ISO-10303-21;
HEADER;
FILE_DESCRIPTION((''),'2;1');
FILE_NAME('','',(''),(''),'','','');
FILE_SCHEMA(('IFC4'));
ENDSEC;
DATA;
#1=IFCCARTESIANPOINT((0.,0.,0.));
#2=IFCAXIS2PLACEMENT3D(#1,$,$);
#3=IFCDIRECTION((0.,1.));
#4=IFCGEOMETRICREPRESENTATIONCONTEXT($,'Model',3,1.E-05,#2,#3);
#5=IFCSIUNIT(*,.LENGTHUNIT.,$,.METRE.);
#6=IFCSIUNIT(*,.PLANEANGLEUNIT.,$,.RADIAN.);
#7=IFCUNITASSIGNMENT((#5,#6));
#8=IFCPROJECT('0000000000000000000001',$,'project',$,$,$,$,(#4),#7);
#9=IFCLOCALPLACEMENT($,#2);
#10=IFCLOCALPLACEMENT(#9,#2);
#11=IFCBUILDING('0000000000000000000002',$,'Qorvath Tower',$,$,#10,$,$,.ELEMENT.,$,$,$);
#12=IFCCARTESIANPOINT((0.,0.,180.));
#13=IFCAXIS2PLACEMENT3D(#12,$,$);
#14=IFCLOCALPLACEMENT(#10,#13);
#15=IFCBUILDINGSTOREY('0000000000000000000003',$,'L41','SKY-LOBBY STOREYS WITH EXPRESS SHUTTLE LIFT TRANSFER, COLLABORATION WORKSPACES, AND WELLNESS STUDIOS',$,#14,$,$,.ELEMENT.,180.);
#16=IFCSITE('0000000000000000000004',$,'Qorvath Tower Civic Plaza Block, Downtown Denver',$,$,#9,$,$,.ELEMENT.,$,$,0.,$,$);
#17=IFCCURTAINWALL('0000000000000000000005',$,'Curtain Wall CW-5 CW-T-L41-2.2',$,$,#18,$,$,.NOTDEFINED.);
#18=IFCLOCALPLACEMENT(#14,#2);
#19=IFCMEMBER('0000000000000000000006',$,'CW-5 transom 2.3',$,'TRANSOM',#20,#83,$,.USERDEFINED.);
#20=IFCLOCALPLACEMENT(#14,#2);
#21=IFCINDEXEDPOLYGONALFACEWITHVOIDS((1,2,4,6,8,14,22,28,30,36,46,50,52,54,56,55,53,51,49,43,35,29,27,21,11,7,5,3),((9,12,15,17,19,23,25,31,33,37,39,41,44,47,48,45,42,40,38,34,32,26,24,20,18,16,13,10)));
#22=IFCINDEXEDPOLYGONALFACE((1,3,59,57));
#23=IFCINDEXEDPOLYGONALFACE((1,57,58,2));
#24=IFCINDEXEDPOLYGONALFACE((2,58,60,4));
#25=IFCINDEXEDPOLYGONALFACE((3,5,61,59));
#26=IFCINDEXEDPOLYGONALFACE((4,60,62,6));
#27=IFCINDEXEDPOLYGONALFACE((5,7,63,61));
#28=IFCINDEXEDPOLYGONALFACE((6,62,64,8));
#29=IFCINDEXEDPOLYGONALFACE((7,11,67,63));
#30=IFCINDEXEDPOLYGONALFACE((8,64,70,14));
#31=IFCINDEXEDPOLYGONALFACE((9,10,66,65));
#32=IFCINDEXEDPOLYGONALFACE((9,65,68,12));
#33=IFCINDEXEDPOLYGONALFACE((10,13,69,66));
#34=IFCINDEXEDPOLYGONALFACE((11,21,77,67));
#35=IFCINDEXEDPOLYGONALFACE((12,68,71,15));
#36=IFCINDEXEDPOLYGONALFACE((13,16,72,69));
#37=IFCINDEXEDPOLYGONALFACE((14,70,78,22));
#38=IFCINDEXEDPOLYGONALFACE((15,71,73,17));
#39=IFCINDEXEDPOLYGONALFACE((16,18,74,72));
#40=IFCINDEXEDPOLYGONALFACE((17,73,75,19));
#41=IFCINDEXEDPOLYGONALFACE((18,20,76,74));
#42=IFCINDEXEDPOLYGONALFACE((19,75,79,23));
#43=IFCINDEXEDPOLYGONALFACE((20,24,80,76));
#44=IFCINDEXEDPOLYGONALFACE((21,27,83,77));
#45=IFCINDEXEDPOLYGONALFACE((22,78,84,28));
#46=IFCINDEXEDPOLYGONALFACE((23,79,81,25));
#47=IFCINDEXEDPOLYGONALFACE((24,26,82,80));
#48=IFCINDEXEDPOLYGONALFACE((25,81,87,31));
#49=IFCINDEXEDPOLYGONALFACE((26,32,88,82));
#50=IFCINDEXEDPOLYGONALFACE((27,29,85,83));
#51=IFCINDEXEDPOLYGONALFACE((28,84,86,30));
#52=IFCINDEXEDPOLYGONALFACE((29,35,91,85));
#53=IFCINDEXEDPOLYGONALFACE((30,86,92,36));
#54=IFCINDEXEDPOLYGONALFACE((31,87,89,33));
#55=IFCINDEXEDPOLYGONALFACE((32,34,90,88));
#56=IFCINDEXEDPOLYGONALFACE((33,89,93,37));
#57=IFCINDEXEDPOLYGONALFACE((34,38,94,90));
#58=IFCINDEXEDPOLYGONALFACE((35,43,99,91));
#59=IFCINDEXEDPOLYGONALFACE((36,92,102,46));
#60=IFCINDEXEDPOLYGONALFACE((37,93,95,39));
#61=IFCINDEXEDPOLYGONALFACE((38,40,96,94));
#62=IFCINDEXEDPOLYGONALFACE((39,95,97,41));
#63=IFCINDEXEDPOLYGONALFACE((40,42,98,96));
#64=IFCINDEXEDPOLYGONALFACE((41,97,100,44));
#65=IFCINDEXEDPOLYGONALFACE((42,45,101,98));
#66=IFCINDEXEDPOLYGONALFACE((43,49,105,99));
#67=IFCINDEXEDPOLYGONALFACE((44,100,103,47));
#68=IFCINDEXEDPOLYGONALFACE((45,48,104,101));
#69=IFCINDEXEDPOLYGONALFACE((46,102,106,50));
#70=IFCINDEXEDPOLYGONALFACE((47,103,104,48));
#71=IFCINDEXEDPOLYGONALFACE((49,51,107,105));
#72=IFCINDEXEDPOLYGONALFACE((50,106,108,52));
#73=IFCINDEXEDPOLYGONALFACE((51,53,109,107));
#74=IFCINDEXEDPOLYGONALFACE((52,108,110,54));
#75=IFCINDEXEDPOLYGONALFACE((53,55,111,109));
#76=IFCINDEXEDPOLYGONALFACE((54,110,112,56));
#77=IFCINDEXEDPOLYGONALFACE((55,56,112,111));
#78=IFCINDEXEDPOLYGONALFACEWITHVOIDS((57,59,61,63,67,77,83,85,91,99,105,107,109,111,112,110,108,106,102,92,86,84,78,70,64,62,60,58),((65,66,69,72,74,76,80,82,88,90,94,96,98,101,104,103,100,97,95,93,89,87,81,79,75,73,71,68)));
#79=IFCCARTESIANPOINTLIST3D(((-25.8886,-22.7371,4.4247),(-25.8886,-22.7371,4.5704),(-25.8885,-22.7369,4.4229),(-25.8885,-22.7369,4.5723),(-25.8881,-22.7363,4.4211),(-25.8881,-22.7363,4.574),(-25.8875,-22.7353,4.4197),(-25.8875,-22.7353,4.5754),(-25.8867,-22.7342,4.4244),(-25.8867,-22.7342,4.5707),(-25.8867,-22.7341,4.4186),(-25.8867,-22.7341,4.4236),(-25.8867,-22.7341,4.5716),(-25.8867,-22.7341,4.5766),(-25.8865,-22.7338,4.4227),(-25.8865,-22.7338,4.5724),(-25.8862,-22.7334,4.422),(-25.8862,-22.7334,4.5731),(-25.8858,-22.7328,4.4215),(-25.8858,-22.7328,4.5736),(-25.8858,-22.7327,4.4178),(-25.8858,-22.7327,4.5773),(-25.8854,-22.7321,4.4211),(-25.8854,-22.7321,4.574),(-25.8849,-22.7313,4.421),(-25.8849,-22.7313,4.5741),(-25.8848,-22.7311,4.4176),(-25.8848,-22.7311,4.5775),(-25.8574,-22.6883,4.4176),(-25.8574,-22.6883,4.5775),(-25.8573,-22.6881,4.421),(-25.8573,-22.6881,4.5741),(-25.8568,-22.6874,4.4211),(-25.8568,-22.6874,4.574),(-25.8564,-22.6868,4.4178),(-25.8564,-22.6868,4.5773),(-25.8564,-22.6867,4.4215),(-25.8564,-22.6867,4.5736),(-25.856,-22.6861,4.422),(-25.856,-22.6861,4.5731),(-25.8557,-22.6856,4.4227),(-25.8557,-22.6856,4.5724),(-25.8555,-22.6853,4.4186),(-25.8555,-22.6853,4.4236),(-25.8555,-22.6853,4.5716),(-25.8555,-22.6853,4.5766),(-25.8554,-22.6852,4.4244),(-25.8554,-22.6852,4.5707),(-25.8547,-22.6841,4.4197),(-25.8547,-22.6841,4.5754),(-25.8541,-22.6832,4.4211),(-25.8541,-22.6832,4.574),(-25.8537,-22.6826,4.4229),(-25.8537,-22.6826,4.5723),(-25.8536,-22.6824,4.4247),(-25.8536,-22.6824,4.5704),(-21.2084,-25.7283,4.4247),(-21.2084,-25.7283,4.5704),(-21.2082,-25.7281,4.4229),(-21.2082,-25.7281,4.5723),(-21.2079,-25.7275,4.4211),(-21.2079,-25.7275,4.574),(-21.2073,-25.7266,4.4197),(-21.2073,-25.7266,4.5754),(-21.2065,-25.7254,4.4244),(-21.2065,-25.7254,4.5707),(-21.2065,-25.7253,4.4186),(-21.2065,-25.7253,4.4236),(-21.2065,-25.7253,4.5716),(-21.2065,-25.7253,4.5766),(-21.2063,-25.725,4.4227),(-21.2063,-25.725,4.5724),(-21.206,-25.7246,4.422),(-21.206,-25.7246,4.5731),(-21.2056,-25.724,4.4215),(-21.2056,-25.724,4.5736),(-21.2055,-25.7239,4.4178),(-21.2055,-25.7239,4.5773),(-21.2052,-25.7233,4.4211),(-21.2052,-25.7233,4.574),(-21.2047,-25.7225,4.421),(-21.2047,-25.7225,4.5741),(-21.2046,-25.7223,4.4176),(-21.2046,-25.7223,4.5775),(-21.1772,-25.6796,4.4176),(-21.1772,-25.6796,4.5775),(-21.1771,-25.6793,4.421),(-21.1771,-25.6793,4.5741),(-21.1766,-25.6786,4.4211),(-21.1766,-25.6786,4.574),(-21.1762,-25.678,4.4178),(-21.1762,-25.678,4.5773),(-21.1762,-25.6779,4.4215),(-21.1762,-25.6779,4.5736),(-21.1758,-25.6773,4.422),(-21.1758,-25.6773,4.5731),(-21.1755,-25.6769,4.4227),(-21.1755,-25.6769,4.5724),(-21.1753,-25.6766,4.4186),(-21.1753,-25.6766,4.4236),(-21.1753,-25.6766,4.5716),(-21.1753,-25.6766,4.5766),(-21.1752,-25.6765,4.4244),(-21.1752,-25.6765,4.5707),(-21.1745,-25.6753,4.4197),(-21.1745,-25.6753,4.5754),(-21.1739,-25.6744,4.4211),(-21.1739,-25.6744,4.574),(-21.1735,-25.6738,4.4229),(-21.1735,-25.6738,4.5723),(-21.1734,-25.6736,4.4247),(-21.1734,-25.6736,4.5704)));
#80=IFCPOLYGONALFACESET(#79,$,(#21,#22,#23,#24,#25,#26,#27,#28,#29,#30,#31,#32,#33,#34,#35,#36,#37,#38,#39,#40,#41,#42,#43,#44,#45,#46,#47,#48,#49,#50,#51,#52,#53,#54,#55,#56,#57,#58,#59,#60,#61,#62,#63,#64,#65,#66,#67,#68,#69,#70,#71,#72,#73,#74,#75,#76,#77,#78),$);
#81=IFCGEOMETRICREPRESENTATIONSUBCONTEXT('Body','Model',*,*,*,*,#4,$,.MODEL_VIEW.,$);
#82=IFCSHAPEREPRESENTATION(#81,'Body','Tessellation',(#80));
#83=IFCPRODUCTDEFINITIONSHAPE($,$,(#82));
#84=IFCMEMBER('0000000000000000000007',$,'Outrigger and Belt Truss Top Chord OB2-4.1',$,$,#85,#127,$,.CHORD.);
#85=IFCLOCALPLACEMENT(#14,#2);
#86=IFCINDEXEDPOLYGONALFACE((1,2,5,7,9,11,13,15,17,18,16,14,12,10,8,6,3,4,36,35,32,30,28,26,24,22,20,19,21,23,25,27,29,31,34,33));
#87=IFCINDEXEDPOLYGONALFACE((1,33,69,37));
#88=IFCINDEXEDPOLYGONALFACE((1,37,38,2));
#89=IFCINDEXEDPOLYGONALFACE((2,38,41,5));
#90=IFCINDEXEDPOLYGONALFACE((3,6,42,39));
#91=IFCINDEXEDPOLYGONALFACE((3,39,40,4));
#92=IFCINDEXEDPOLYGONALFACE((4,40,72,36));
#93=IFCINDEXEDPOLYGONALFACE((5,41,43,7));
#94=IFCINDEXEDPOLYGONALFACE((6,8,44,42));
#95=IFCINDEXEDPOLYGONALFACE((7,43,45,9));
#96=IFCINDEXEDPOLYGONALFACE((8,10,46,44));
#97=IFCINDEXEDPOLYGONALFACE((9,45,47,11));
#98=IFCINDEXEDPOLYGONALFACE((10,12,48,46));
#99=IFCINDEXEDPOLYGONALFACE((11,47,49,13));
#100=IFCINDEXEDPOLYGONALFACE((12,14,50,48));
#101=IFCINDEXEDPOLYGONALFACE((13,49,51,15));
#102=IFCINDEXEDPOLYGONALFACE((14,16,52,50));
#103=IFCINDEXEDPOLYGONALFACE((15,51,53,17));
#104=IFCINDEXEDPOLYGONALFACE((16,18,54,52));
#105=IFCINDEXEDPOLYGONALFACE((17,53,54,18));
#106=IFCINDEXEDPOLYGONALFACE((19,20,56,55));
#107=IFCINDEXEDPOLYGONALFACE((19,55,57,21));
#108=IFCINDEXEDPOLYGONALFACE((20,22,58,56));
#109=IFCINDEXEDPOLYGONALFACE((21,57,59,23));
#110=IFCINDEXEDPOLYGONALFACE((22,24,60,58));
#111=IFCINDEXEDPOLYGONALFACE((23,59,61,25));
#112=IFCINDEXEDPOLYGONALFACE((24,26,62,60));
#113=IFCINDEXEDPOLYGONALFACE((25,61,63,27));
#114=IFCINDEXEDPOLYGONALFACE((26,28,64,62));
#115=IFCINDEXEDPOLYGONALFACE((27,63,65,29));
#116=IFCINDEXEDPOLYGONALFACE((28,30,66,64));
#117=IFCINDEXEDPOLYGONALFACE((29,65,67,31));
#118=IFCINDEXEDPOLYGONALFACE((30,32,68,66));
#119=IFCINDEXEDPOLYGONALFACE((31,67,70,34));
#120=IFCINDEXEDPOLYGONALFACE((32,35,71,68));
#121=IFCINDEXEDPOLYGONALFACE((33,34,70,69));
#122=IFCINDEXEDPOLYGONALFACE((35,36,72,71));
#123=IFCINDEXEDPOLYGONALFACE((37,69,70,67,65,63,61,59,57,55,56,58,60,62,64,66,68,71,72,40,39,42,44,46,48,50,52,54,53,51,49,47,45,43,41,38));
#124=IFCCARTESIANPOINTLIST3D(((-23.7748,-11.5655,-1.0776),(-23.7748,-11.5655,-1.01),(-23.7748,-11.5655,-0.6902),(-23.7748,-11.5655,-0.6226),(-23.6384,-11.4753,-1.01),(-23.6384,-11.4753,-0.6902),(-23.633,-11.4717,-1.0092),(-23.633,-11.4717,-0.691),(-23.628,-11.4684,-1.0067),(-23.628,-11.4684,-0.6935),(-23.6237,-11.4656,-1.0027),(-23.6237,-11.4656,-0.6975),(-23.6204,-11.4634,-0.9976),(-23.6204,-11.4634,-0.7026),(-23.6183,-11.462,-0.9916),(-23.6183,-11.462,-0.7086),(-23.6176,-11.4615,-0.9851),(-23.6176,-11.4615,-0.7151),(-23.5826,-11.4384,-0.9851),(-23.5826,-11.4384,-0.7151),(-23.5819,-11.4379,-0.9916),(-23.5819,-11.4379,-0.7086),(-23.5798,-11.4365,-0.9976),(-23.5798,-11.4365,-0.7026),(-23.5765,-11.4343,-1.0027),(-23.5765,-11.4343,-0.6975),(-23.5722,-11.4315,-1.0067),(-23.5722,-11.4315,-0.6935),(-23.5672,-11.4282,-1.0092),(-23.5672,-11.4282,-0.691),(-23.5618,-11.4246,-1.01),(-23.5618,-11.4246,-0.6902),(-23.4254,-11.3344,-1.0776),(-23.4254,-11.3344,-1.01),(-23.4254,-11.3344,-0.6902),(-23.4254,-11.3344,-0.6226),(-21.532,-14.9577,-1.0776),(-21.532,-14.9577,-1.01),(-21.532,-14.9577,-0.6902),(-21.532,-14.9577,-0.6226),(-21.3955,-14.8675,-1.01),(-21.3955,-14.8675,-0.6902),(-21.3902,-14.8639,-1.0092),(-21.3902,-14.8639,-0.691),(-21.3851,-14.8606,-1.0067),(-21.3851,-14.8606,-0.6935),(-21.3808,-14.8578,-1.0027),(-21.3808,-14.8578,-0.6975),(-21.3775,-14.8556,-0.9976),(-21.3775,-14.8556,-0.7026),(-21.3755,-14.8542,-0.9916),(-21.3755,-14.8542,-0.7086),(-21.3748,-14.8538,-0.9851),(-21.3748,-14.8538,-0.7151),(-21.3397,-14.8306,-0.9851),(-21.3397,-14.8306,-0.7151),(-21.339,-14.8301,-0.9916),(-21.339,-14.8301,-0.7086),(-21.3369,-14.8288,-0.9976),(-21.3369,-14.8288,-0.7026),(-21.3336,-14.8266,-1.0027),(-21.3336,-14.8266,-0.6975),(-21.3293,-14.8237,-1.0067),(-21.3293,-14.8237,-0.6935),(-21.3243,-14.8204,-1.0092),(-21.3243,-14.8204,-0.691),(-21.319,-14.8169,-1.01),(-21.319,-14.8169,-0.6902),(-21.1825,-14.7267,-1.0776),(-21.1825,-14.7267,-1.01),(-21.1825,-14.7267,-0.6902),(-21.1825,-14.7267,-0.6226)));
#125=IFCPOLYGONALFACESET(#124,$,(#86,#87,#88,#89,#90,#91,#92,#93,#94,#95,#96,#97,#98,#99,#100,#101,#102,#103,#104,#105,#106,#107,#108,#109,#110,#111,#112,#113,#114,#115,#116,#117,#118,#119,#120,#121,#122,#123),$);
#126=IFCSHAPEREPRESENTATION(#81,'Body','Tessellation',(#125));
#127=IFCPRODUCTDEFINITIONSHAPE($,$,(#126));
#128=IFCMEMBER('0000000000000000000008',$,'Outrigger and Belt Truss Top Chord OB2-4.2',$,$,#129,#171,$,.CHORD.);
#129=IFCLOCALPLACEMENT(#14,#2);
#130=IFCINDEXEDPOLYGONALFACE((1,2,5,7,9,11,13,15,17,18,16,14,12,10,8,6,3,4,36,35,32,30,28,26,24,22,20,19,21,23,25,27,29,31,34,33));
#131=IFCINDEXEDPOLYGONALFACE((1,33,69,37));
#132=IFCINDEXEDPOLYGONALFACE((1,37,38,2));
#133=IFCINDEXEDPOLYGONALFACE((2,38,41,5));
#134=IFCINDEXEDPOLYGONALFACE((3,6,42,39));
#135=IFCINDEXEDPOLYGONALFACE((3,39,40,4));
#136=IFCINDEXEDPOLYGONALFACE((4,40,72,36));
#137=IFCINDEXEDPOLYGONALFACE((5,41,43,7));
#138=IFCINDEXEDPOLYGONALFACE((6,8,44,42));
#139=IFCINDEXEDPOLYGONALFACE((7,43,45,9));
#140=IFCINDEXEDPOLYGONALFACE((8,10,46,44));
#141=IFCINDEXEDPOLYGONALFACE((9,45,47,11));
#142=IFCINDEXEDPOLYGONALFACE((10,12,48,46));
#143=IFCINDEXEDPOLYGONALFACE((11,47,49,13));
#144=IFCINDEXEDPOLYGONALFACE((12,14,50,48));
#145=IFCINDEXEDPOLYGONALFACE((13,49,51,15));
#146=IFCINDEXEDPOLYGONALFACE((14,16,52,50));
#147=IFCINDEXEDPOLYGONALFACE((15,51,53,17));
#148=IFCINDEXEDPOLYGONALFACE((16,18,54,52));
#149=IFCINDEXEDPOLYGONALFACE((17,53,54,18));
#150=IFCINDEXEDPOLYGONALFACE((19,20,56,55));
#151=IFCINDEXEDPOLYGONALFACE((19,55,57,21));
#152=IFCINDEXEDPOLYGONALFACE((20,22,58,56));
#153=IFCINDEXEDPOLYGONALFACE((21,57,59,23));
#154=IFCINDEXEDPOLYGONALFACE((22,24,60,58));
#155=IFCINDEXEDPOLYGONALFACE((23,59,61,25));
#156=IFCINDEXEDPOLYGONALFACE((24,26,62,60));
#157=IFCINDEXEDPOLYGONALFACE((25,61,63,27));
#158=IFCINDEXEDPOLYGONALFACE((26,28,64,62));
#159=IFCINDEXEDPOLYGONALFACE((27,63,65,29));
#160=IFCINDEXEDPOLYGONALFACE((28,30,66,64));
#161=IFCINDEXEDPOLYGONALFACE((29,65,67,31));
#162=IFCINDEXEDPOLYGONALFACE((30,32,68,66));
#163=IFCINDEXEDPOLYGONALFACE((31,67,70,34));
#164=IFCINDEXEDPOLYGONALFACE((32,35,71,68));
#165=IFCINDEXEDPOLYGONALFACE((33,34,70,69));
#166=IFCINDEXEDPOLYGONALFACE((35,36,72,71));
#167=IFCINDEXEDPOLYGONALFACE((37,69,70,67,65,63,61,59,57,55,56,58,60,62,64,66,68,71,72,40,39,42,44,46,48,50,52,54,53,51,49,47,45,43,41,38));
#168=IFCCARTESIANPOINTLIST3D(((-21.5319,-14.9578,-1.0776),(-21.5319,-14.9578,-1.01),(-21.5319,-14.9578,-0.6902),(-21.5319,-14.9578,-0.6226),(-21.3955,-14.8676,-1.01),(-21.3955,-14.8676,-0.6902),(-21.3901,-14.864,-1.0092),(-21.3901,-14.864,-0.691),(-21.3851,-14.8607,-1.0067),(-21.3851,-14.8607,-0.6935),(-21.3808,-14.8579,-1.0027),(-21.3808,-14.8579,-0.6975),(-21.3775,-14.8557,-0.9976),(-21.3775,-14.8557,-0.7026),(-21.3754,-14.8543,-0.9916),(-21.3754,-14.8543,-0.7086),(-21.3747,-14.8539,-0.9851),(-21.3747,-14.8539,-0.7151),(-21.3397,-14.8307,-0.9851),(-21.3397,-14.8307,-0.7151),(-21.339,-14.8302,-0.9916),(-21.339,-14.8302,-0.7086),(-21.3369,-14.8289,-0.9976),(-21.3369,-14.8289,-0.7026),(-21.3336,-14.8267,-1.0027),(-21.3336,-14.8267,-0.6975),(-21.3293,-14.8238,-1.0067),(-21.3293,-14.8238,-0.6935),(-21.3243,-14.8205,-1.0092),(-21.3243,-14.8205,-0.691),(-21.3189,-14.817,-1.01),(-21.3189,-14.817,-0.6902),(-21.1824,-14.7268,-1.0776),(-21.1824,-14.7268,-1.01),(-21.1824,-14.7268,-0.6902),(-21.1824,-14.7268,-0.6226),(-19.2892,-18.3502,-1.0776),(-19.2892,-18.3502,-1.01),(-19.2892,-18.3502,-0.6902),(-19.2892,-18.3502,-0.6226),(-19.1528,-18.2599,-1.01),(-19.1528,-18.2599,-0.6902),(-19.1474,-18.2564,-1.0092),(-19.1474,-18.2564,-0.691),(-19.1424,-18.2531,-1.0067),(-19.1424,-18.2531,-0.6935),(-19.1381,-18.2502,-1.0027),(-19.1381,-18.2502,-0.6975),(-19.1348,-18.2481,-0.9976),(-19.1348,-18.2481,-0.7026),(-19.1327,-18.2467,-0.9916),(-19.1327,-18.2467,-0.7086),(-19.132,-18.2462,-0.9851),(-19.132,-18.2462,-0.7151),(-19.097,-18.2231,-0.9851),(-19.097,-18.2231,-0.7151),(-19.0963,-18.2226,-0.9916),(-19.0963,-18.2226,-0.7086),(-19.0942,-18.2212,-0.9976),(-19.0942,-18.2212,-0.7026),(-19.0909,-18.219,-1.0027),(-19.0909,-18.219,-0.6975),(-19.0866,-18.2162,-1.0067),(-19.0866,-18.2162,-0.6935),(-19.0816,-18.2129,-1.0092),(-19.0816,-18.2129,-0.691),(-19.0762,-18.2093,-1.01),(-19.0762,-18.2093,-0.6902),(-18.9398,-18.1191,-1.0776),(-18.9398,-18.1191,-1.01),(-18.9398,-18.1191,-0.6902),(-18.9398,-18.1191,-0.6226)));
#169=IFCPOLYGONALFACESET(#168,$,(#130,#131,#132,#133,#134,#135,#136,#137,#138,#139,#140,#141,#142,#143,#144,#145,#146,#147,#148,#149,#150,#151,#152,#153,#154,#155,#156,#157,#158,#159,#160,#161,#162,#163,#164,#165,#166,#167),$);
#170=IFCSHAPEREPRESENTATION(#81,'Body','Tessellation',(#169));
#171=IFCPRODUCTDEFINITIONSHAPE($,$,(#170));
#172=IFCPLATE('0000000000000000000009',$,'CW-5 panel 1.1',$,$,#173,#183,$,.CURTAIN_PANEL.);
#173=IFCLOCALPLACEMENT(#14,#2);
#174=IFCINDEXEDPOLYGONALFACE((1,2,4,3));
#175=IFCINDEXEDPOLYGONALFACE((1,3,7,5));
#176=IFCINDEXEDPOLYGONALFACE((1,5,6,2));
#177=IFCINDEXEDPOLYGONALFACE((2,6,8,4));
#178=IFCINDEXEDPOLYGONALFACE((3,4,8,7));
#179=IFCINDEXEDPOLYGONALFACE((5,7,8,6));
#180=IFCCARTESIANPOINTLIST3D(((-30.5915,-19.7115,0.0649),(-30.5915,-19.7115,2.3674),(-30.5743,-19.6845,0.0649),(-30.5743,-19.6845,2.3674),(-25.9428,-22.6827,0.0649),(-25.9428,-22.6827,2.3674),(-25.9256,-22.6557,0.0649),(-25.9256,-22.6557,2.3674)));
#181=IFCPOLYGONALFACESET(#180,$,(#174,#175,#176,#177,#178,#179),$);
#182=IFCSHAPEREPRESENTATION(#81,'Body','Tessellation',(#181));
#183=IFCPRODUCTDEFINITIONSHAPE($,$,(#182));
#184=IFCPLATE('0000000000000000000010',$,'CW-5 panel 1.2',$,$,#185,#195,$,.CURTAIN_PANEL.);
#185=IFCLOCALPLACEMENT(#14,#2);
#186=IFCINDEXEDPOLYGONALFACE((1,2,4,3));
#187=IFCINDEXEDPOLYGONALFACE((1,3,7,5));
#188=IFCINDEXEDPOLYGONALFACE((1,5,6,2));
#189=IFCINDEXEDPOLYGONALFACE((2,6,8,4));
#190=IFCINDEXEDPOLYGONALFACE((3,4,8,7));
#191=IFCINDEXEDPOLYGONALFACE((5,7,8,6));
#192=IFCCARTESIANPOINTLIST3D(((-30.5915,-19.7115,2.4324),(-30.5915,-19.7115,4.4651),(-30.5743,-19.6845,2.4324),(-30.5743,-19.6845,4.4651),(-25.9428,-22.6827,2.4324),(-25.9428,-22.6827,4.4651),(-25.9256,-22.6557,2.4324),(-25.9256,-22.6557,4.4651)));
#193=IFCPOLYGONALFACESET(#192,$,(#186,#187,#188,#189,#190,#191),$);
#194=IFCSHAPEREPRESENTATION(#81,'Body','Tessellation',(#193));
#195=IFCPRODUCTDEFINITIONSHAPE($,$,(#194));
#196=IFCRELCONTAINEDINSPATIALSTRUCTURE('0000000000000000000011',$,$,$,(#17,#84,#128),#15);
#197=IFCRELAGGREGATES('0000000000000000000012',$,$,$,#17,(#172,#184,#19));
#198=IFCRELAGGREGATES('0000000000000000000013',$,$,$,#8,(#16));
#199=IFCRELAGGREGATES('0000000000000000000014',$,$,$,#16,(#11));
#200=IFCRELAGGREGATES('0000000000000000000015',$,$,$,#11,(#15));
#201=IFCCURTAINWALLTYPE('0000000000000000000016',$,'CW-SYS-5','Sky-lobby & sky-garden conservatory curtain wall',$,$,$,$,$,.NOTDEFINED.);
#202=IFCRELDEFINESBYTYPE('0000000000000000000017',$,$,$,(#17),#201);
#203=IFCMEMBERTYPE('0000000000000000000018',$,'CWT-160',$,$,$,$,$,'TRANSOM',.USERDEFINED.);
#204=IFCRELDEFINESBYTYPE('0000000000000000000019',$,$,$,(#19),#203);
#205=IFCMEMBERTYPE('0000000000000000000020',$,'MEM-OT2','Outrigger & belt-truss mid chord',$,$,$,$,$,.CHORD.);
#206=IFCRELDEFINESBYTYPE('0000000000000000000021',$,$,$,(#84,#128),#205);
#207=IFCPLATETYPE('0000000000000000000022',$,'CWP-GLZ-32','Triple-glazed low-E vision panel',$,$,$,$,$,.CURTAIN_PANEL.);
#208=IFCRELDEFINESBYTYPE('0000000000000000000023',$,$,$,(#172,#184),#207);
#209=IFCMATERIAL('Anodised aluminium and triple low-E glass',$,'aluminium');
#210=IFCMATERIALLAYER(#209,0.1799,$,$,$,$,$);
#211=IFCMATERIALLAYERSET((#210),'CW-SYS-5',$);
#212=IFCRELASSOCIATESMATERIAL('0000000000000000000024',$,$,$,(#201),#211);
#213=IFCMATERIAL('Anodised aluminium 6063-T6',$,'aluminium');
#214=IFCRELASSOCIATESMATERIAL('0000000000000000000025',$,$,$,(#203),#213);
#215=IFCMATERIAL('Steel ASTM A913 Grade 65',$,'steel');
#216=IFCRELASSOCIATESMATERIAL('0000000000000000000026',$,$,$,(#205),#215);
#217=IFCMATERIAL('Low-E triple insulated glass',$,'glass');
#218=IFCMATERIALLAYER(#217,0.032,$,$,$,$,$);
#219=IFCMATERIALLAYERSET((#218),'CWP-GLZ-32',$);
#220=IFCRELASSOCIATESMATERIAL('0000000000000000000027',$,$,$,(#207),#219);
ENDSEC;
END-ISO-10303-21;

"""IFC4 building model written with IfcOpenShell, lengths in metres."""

from ifc_helpers import new_model, si_unit, direction, frame, origin, origin_2d, place, context, subcontext, project, spatial, rectangle, hollow_rectangle, i_section, extrude, material, layer, layer_set, material_profile, profile_set, type_object, element, aggregate, save


model = new_model("IFC4")

# Units and contexts
model_context = context("Model", 3, precision=1e-05, world=origin(), true_north=direction((0.0, 1.0)))
body_context = subcontext(model_context, "Body", "Model", "MODEL_VIEW")
ifc_project = project(units=[si_unit("LENGTHUNIT", "METRE"), si_unit("PLANEANGLEUNIT", "RADIAN")], contexts=[model_context])

# Site, building, storey
site_placement = place(None, origin())
site = spatial("IfcSite", under=ifc_project, at=site_placement, Name="Qorvath Tower Civic Plaza Block, Downtown Denver", CompositionType="ELEMENT", RefElevation=0.0)
building_placement = place(site_placement, origin())
building = spatial("IfcBuilding", under=site, at=building_placement, Name="Qorvath Tower", CompositionType="ELEMENT")
storey_placement = place(building_placement, frame((0.0, 0.0, 180.0)))
storey = spatial("IfcBuildingStorey", under=building, at=storey_placement, Name="L41", Description="SKY-LOBBY STOREYS WITH EXPRESS SHUTTLE LIFT TRANSFER, COLLABORATION WORKSPACES, AND WELLNESS STUDIOS", CompositionType="ELEMENT", Elevation=180.0)

# Curtain wall, member
ifc_material_1 = material(Name="Anodised aluminium and triple low-E glass", Category="aluminium")
ifc_layer_1 = layer(ifc_material_1, 0.1799)
ifc_layer_set_1 = layer_set([ifc_layer_1], Name="CW-SYS-5")
curtain_wall_type = type_object("IfcCurtainWallType", Name="CW-SYS-5", Description="Sky-lobby & sky-garden conservatory curtain wall", PredefinedType="NOTDEFINED", material=ifc_layer_set_1)
curtain_wall_placement = place(storey_placement, origin())
curtain_wall = element("IfcCurtainWall", 1, at=curtain_wall_placement, inside=storey, type_object=curtain_wall_type, Name="Curtain Wall CW-5 CW-T-L41-2.2", PredefinedType="NOTDEFINED")
ifc_material_2 = material(Name="Anodised aluminium 6063-T6", Category="aluminium")
ifc_material_profile_1 = material_profile(ifc_material_2, hollow_rectangle(XDim=0.0649, YDim=0.1599, WallThickness=0.0034, InnerFilletRadius=0.0034, OuterFilletRadius=0.0071, at=origin_2d()), Name="CWT 160x65")
ifc_profile_set_1 = profile_set([ifc_material_profile_1], Name="Anodised aluminium 6063-T6")
member_type_1 = type_object("IfcMemberType", Name="CWT-160", ElementType="TRANSOM", PredefinedType="USERDEFINED", material=ifc_profile_set_1)
member_1_placement = place(storey_placement, frame((-25.8711, -22.7097, 4.4976), z_axis=(0.842607, -0.53853, 0.0), x_axis=(0.53853, 0.842607, 0.0)))
member_1 = element("IfcMember", 2, at=member_1_placement, type_object=member_type_1, Name="CW-5 transom 2.3", ObjectType="TRANSOM", PredefinedType="USERDEFINED", context=body_context, shape_type="SweptSolid", body=[
    extrude(hollow_rectangle(XDim=0.0649, YDim=0.1599, WallThickness=0.0034, InnerFilletRadius=0.0034, OuterFilletRadius=0.0071, at=origin_2d()), origin(), (0.0, 0.0, 1.0), 5.5544),
])

# Members
ifc_material_3 = material(Name="Steel ASTM A913 Grade 65", Category="steel")
ifc_material_profile_2 = material_profile(ifc_material_3, i_section(OverallWidth=0.4189, OverallDepth=0.4551, WebThickness=0.042, FlangeThickness=0.0676, FilletRadius=0.0249, at=origin_2d()), Name="W14x370")
ifc_profile_set_2 = profile_set([ifc_material_profile_2], Name="Steel ASTM A913 Grade 65")
member_type_2 = type_object("IfcMemberType", Name="MEM-OT2", Description="Outrigger & belt-truss mid chord", PredefinedType="CHORD", material=ifc_profile_set_2)
for number, where, z_axis, x_axis, name in (
    (3, (-23.6001, -11.45, -0.8501), (0.551524, -0.834159, 0.0), (0.834159, 0.551524, 0.0), "Outrigger and Belt Truss Top Chord OB2-4.1"),
    (4, (-21.3572, -14.8423, -0.8501), (0.551482, -0.834187, 0.0), (0.834187, 0.551482, 0.0), "Outrigger and Belt Truss Top Chord OB2-4.2"),
):
    element("IfcMember", number, at=place(storey_placement, frame(where, z_axis=z_axis, x_axis=x_axis)), inside=storey, type_object=member_type_2, Name=name, PredefinedType="CHORD", context=body_context, shape_type="SweptSolid", body=[
        extrude(i_section(OverallWidth=0.4189, OverallDepth=0.4551, WebThickness=0.042, FlangeThickness=0.0676, FilletRadius=0.0249, at=origin_2d()), origin(), (0.0, 0.0, 1.0), 4.0667),
    ])

# Plates
ifc_material_4 = material(Name="Low-E triple insulated glass", Category="glass")
ifc_layer_2 = layer(ifc_material_4, 0.032)
ifc_layer_set_2 = layer_set([ifc_layer_2], Name="CWP-GLZ-32")
plate_type = type_object("IfcPlateType", Name="CWP-GLZ-32", Description="Triple-glazed low-E vision panel", PredefinedType="CURTAIN_PANEL", material=ifc_layer_set_2)
plate_1_placement = place(storey_placement, frame((-28.2585, -21.1836, 0.0649), z_axis=(0.0, 0.0, 1.0), x_axis=(0.842597, -0.538544, 0.0)))
plate_1 = element("IfcPlate", 5, at=plate_1_placement, type_object=plate_type, Name="CW-5 panel 1.1", PredefinedType="CURTAIN_PANEL", context=body_context, shape_type="SweptSolid", body=[
    extrude(rectangle(XDim=5.5171, YDim=0.032, at=origin_2d()), origin(), (0.0, 0.0, 1.0), 2.3025),
])
plate_2_placement = place(storey_placement, frame((-28.2585, -21.1836, 2.4324), z_axis=(0.0, 0.0, 1.0), x_axis=(0.842597, -0.538544, 0.0)))
plate_2 = element("IfcPlate", 6, at=plate_2_placement, type_object=plate_type, Name="CW-5 panel 1.2", PredefinedType="CURTAIN_PANEL", context=body_context, shape_type="SweptSolid", body=[
    extrude(rectangle(XDim=5.5171, YDim=0.032, at=origin_2d()), origin(), (0.0, 0.0, 1.0), 2.0327),
])
aggregate(curtain_wall, [plate_1, plate_2, member_1])

save(model, "model.ifc")
